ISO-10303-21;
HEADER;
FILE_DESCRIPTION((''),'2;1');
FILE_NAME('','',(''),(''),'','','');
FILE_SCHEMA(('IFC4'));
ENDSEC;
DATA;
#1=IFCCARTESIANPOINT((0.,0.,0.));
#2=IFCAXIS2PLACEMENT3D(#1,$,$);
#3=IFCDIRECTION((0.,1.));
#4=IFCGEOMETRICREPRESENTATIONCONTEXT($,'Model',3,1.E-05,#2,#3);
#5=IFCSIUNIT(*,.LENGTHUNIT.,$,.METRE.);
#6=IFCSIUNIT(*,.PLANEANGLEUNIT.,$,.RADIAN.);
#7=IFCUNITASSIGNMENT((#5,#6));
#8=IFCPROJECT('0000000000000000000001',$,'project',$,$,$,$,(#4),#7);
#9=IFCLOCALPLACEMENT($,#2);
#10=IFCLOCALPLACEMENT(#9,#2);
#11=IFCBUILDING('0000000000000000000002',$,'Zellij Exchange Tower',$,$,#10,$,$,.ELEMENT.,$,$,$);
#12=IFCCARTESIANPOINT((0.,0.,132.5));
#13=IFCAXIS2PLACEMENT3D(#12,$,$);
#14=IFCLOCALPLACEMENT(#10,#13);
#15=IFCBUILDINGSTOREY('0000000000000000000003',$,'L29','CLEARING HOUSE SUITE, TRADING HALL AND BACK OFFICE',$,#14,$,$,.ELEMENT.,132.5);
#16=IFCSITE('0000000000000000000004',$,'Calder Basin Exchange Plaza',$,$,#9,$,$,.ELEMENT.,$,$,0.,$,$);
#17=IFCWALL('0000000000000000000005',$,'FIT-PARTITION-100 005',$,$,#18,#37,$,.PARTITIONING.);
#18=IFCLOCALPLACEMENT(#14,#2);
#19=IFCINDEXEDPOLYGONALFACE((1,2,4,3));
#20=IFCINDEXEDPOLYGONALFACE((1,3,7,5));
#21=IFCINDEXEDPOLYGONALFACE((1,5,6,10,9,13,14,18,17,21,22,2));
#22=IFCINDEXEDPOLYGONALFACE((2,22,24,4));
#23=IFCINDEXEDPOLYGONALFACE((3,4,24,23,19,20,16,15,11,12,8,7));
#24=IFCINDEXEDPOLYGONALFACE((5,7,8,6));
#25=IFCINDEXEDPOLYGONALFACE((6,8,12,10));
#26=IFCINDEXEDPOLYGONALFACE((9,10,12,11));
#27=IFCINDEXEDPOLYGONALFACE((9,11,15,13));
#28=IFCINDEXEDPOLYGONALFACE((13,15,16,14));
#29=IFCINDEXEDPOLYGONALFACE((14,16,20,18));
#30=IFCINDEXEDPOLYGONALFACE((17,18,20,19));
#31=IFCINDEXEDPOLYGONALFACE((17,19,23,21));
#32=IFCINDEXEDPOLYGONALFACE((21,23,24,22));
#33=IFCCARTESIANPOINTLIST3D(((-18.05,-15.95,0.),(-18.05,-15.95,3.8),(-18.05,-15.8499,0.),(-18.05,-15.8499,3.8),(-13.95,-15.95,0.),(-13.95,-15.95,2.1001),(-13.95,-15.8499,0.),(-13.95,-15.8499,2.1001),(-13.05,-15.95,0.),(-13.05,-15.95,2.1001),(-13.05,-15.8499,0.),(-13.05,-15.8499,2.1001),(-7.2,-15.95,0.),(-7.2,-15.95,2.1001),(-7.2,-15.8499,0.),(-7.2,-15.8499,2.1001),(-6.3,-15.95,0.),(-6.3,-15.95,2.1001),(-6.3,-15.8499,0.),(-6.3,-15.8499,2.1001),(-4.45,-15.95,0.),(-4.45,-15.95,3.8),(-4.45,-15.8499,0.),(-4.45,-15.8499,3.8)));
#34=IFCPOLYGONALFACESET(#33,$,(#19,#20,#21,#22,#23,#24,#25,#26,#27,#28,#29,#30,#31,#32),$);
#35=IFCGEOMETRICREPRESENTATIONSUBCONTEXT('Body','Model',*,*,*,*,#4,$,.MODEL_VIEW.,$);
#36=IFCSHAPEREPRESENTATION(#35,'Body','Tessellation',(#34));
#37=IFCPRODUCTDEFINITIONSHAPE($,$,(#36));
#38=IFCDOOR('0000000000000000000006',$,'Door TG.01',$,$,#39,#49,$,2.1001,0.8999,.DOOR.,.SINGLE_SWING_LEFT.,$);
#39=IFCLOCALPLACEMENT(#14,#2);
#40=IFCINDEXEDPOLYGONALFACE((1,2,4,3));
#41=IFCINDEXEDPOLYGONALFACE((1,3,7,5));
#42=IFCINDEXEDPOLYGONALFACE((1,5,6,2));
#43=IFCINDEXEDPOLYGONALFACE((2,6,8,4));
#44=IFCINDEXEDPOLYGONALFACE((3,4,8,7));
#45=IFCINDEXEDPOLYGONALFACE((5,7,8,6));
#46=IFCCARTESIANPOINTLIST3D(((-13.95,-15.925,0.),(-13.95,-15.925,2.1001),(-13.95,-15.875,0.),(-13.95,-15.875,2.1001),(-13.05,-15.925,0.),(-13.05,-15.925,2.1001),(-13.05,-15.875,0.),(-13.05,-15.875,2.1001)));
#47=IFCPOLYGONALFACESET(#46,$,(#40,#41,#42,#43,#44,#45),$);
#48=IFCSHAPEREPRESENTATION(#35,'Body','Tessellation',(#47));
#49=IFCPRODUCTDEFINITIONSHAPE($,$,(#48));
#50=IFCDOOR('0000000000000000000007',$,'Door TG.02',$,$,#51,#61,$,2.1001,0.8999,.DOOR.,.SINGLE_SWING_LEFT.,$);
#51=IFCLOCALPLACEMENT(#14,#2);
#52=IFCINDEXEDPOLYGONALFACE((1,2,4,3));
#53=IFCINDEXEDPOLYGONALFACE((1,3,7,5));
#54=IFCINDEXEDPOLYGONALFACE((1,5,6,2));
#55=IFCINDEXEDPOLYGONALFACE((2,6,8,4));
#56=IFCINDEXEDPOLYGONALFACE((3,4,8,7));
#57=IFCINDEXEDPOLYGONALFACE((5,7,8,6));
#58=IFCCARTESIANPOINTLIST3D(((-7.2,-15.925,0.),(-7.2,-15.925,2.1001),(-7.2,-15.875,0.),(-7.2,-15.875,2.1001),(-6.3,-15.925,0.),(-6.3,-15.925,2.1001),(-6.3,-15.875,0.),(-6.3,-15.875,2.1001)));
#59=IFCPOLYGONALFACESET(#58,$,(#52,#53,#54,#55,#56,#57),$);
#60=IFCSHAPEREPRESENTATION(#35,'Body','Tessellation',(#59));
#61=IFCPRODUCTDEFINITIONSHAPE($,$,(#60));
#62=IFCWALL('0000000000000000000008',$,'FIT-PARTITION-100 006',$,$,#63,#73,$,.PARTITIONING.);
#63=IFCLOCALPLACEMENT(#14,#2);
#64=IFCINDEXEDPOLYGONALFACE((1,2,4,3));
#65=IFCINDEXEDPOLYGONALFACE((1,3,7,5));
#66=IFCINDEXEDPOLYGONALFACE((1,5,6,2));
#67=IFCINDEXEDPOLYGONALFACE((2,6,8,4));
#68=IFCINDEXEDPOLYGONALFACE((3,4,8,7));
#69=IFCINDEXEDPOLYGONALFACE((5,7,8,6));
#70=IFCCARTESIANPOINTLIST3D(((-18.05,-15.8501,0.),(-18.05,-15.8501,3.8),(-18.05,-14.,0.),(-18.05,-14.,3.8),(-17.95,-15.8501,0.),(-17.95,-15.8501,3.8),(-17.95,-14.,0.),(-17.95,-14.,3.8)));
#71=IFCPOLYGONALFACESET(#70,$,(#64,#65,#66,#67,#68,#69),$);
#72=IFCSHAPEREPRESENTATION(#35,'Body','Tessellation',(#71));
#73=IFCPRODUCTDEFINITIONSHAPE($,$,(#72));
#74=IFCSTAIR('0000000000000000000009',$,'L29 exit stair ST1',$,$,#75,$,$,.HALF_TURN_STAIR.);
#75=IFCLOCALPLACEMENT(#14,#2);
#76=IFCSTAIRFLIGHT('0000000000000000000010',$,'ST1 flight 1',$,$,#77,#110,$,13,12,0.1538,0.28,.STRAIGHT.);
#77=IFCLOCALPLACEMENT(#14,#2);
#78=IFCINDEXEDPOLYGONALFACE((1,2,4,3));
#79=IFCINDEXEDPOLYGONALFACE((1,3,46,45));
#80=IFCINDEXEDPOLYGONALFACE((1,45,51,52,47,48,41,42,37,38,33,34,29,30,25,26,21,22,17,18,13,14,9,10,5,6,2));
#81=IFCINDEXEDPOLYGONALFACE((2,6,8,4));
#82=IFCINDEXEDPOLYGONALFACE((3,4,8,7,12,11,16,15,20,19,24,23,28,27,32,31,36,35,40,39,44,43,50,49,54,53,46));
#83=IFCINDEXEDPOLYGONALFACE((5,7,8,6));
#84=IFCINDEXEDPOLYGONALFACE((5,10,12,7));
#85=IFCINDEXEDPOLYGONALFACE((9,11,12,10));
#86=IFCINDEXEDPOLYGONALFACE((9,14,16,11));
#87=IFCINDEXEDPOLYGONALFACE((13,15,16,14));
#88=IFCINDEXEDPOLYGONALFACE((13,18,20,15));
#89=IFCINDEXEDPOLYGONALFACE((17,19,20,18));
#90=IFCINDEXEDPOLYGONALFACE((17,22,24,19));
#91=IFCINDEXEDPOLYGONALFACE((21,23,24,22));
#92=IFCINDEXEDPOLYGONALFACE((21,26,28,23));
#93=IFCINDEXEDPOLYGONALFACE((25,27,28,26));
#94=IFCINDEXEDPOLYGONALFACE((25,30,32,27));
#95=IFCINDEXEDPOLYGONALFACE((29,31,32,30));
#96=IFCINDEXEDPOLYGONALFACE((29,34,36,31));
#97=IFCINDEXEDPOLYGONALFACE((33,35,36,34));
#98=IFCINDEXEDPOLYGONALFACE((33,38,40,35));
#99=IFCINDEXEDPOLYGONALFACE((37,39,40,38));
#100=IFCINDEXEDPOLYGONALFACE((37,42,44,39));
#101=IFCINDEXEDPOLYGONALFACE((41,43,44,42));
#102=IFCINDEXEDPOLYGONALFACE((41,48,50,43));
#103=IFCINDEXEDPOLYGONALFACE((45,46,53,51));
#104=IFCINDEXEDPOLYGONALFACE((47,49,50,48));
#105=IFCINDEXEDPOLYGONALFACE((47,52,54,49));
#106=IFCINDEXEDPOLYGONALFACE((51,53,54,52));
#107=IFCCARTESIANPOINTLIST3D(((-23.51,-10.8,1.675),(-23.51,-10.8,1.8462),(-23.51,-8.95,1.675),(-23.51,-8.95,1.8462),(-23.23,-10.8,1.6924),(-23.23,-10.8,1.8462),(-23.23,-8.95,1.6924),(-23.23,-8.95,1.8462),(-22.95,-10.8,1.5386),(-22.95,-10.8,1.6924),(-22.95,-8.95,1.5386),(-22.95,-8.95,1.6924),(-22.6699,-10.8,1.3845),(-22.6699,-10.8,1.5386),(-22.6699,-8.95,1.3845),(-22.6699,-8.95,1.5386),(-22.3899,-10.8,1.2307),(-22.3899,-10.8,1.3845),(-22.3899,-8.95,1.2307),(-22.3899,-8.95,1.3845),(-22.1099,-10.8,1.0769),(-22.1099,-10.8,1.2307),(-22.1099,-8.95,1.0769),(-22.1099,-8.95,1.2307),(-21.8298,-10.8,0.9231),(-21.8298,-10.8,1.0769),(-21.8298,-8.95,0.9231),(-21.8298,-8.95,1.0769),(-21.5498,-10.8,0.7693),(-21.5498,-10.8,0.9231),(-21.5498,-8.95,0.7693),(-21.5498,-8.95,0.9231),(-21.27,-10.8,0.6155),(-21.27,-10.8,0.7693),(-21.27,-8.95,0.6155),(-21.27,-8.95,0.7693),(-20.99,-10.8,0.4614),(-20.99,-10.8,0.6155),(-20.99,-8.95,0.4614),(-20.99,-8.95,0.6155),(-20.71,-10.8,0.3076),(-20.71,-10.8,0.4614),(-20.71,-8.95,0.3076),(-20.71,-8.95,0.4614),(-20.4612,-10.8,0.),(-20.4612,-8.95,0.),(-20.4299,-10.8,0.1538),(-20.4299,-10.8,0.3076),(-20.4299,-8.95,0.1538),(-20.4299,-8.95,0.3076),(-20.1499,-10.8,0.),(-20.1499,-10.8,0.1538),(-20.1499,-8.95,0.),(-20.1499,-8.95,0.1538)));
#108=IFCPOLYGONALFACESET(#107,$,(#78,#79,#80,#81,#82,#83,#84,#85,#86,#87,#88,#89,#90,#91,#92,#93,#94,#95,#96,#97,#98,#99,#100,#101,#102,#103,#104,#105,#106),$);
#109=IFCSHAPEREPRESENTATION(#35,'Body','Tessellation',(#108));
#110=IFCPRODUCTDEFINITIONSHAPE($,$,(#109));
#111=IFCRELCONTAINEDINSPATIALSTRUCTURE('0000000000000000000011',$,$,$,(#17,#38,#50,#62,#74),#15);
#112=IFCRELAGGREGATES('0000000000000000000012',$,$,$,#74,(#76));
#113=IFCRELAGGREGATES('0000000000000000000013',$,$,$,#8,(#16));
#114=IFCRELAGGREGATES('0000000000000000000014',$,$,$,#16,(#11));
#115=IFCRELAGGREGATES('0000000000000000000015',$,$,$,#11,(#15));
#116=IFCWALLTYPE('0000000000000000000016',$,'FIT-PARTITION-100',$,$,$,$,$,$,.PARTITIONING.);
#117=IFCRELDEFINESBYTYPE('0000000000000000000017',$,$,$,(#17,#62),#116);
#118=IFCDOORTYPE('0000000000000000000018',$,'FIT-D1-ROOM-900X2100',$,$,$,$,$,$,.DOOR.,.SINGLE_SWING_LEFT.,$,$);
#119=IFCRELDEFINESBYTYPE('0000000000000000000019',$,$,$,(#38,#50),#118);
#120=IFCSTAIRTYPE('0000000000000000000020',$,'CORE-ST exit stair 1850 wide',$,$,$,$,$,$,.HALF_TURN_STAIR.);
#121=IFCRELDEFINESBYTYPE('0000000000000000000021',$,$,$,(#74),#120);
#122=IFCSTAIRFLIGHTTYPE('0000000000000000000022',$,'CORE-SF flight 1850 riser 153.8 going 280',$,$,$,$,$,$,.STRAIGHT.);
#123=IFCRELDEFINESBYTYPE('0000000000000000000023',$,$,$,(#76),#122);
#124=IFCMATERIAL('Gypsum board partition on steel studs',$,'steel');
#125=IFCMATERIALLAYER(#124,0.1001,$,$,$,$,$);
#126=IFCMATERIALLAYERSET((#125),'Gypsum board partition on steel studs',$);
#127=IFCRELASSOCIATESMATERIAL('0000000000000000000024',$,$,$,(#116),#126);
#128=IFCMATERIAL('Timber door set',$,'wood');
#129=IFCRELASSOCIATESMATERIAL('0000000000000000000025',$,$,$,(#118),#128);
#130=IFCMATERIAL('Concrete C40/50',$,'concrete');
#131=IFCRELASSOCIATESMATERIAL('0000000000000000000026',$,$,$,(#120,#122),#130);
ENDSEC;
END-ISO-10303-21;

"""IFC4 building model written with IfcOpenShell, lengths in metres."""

from ifc_helpers import new_model, si_unit, direction, frame, frame_2d, origin, place, context, subcontext, project, spatial, polyline, rectangle, outline, extrude, material, layer, layer_set, type_object, element, fill, aggregate, save


model = new_model("IFC4")

# Units and contexts
model_context = context("Model", 3, precision=1e-05, world=origin(), true_north=direction((0.0, 1.0)))
body_context = subcontext(model_context, "Body", "Model", "MODEL_VIEW")
ifc_project = project(units=[si_unit("LENGTHUNIT", "METRE"), si_unit("PLANEANGLEUNIT", "RADIAN")], contexts=[model_context])

# Site, building, storey
site_placement = place(None, origin())
site = spatial("IfcSite", under=ifc_project, at=site_placement, Name="Calder Basin Exchange Plaza", CompositionType="ELEMENT", RefElevation=0.0)
building_placement = place(site_placement, origin())
building = spatial("IfcBuilding", under=site, at=building_placement, Name="Zellij Exchange Tower", CompositionType="ELEMENT")
storey_placement = place(building_placement, frame((0.0, 0.0, 132.5)))
storey = spatial("IfcBuildingStorey", under=building, at=storey_placement, Name="L29", Description="CLEARING HOUSE SUITE, TRADING HALL AND BACK OFFICE", CompositionType="ELEMENT", Elevation=132.5)

# Wall, openings, doors
ifc_material_1 = material(Name="Gypsum board partition on steel studs", Category="steel")
ifc_layer_1 = layer(ifc_material_1, 0.1001)
ifc_layer_set_1 = layer_set([ifc_layer_1], Name="Gypsum board partition on steel studs")
wall_type_1 = type_object("IfcWallType", Name="FIT-PARTITION-100", PredefinedType="PARTITIONING", material=ifc_layer_set_1)
wall_1_placement = place(storey_placement, frame((-18.05, -15.8999, 0.0), z_axis=(0.0, 0.0, 1.0), x_axis=(1.0, 0.0, 0.0)))
wall_1 = element("IfcWall", 1, at=wall_1_placement, inside=storey, type_object=wall_type_1, Name="FIT-PARTITION-100 005", PredefinedType="PARTITIONING", context=body_context, shape_type="SweptSolid", body=[
    extrude(rectangle(XDim=13.6001, YDim=0.1001, at=frame_2d((6.8, 0.0))), origin(), (0.0, 0.0, 1.0), 3.8),
])
opening_1_placement = place(wall_1_placement, frame((4.1001, 0.0, 0.0)))
opening_1 = element("IfcOpeningElement", 2, at=opening_1_placement, cuts=wall_1, PredefinedType="OPENING", context=body_context, shape_type="SweptSolid", body=[
    extrude(rectangle(XDim=0.8999, YDim=2.1001, at=frame_2d((0.45, 1.05))), frame((0.0, 0.062, 0.0), z_axis=(0.0, -1.0, 0.0), x_axis=(1.0, 0.0, 0.0)), (0.0, 0.0, 1.0), 0.124),
])
opening_2_placement = place(wall_1_placement, frame((10.8501, 0.0, 0.0)))
opening_2 = element("IfcOpeningElement", 3, at=opening_2_placement, cuts=wall_1, PredefinedType="OPENING", context=body_context, shape_type="SweptSolid", body=[
    extrude(rectangle(XDim=0.8999, YDim=2.1001, at=frame_2d((0.45, 1.05))), frame((0.0, 0.062, 0.0), z_axis=(0.0, -1.0, 0.0), x_axis=(1.0, 0.0, 0.0)), (0.0, 0.0, 1.0), 0.124),
])
ifc_material_2 = material(Name="Timber door set", Category="wood")
door_type_1 = type_object("IfcDoorType", Name="FIT-D1-ROOM-900X2100", OperationType="SINGLE_SWING_LEFT", PredefinedType="DOOR", material=ifc_material_2)
door_1_placement = place(opening_1_placement, origin())
door_1 = element("IfcDoor", 4, at=door_1_placement, inside=storey, type_object=door_type_1, Name="Door TG.01", OperationType="SINGLE_SWING_LEFT", OverallHeight=2.1001, OverallWidth=0.8999, PredefinedType="DOOR", context=body_context, shape_type="SweptSolid", body=[
    extrude(rectangle(XDim=0.8999, YDim=2.1001, at=frame_2d((0.45, 1.05))), frame((0.0, 0.0249, 0.0), z_axis=(0.0, -1.0, 0.0), x_axis=(1.0, 0.0, 0.0)), (0.0, 0.0, 1.0), 0.05),
])
fill(opening_1, door_1)
door_2_placement = place(opening_2_placement, origin())
door_2 = element("IfcDoor", 5, at=door_2_placement, inside=storey, type_object=door_type_1, Name="Door TG.02", OperationType="SINGLE_SWING_LEFT", OverallHeight=2.1001, OverallWidth=0.8999, PredefinedType="DOOR", context=body_context, shape_type="SweptSolid", body=[
    extrude(rectangle(XDim=0.8999, YDim=2.1001, at=frame_2d((0.45, 1.05))), frame((0.0, 0.0249, 0.0), z_axis=(0.0, -1.0, 0.0), x_axis=(1.0, 0.0, 0.0)), (0.0, 0.0, 1.0), 0.05),
])
fill(opening_2, door_2)

# Wall
wall_2_placement = place(storey_placement, frame((-18.0, -15.8501, 0.0), z_axis=(0.0, 0.0, 1.0), x_axis=(0.0, 1.0, 0.0)))
element("IfcWall", 6, at=wall_2_placement, inside=storey, type_object=wall_type_1, Name="FIT-PARTITION-100 006", PredefinedType="PARTITIONING", context=body_context, shape_type="SweptSolid", body=[
    extrude(rectangle(XDim=1.8501, YDim=0.1001, at=frame_2d((0.925, 0.0))), origin(), (0.0, 0.0, 1.0), 3.8),
])

# Stair, stair flight
ifc_material_3 = material(Name="Concrete C40/50", Category="concrete")
stair_type = type_object("IfcStairType", Name="CORE-ST exit stair 1850 wide", PredefinedType="HALF_TURN_STAIR", material=ifc_material_3)
stair_placement = place(storey_placement, origin())
stair = element("IfcStair", 7, at=stair_placement, inside=storey, type_object=stair_type, Name="L29 exit stair ST1", PredefinedType="HALF_TURN_STAIR")
stair_flight_type = type_object("IfcStairFlightType", Name="CORE-SF flight 1850 riser 153.8 going 280", PredefinedType="STRAIGHT", material=ifc_material_3)
stair_flight_placement = place(storey_placement, frame((-20.1499, -9.875, 0.0), z_axis=(0.0, 0.0, 1.0), x_axis=(-1.0, 0.0, 0.0)))
stair_flight = element("IfcStairFlight", 8, at=stair_flight_placement, type_object=stair_flight_type, Name="ST1 flight 1", NumberOfRisers=13, NumberOfTreads=12, PredefinedType="STRAIGHT", RiserHeight=0.1538, TreadLength=0.28, context=body_context, shape_type="SweptSolid", body=[
    extrude(outline(polyline([(0.0, 0.0), (0.0, 0.1538), (0.28, 0.1538), (0.28, 0.3076), (0.5601, 0.3076), (0.5601, 0.4614), (0.8401, 0.4614), (0.8401, 0.6155), (1.1201, 0.6155), (1.1201, 0.7693), (1.3999, 0.7693), (1.3999, 0.9231), (1.6799, 0.9231), (1.6799, 1.0769), (1.96, 1.0769), (1.96, 1.2307), (2.24, 1.2307), (2.24, 1.3845), (2.52, 1.3845), (2.52, 1.5386), (2.8, 1.5386), (2.8, 1.6924), (3.0801, 1.6924), (3.0801, 1.8462), (3.3601, 1.8462), (3.3601, 2.0), (3.3601, 1.675), (0.3113, 0.0), (0.0, 0.0)])), frame((0.0, 0.925, 0.0), z_axis=(0.0, -1.0, 0.0), x_axis=(1.0, 0.0, 0.0)), (0.0, 0.0, 1.0), 1.8501),
])
aggregate(stair, [stair_flight])

save(model, "model.ifc")
